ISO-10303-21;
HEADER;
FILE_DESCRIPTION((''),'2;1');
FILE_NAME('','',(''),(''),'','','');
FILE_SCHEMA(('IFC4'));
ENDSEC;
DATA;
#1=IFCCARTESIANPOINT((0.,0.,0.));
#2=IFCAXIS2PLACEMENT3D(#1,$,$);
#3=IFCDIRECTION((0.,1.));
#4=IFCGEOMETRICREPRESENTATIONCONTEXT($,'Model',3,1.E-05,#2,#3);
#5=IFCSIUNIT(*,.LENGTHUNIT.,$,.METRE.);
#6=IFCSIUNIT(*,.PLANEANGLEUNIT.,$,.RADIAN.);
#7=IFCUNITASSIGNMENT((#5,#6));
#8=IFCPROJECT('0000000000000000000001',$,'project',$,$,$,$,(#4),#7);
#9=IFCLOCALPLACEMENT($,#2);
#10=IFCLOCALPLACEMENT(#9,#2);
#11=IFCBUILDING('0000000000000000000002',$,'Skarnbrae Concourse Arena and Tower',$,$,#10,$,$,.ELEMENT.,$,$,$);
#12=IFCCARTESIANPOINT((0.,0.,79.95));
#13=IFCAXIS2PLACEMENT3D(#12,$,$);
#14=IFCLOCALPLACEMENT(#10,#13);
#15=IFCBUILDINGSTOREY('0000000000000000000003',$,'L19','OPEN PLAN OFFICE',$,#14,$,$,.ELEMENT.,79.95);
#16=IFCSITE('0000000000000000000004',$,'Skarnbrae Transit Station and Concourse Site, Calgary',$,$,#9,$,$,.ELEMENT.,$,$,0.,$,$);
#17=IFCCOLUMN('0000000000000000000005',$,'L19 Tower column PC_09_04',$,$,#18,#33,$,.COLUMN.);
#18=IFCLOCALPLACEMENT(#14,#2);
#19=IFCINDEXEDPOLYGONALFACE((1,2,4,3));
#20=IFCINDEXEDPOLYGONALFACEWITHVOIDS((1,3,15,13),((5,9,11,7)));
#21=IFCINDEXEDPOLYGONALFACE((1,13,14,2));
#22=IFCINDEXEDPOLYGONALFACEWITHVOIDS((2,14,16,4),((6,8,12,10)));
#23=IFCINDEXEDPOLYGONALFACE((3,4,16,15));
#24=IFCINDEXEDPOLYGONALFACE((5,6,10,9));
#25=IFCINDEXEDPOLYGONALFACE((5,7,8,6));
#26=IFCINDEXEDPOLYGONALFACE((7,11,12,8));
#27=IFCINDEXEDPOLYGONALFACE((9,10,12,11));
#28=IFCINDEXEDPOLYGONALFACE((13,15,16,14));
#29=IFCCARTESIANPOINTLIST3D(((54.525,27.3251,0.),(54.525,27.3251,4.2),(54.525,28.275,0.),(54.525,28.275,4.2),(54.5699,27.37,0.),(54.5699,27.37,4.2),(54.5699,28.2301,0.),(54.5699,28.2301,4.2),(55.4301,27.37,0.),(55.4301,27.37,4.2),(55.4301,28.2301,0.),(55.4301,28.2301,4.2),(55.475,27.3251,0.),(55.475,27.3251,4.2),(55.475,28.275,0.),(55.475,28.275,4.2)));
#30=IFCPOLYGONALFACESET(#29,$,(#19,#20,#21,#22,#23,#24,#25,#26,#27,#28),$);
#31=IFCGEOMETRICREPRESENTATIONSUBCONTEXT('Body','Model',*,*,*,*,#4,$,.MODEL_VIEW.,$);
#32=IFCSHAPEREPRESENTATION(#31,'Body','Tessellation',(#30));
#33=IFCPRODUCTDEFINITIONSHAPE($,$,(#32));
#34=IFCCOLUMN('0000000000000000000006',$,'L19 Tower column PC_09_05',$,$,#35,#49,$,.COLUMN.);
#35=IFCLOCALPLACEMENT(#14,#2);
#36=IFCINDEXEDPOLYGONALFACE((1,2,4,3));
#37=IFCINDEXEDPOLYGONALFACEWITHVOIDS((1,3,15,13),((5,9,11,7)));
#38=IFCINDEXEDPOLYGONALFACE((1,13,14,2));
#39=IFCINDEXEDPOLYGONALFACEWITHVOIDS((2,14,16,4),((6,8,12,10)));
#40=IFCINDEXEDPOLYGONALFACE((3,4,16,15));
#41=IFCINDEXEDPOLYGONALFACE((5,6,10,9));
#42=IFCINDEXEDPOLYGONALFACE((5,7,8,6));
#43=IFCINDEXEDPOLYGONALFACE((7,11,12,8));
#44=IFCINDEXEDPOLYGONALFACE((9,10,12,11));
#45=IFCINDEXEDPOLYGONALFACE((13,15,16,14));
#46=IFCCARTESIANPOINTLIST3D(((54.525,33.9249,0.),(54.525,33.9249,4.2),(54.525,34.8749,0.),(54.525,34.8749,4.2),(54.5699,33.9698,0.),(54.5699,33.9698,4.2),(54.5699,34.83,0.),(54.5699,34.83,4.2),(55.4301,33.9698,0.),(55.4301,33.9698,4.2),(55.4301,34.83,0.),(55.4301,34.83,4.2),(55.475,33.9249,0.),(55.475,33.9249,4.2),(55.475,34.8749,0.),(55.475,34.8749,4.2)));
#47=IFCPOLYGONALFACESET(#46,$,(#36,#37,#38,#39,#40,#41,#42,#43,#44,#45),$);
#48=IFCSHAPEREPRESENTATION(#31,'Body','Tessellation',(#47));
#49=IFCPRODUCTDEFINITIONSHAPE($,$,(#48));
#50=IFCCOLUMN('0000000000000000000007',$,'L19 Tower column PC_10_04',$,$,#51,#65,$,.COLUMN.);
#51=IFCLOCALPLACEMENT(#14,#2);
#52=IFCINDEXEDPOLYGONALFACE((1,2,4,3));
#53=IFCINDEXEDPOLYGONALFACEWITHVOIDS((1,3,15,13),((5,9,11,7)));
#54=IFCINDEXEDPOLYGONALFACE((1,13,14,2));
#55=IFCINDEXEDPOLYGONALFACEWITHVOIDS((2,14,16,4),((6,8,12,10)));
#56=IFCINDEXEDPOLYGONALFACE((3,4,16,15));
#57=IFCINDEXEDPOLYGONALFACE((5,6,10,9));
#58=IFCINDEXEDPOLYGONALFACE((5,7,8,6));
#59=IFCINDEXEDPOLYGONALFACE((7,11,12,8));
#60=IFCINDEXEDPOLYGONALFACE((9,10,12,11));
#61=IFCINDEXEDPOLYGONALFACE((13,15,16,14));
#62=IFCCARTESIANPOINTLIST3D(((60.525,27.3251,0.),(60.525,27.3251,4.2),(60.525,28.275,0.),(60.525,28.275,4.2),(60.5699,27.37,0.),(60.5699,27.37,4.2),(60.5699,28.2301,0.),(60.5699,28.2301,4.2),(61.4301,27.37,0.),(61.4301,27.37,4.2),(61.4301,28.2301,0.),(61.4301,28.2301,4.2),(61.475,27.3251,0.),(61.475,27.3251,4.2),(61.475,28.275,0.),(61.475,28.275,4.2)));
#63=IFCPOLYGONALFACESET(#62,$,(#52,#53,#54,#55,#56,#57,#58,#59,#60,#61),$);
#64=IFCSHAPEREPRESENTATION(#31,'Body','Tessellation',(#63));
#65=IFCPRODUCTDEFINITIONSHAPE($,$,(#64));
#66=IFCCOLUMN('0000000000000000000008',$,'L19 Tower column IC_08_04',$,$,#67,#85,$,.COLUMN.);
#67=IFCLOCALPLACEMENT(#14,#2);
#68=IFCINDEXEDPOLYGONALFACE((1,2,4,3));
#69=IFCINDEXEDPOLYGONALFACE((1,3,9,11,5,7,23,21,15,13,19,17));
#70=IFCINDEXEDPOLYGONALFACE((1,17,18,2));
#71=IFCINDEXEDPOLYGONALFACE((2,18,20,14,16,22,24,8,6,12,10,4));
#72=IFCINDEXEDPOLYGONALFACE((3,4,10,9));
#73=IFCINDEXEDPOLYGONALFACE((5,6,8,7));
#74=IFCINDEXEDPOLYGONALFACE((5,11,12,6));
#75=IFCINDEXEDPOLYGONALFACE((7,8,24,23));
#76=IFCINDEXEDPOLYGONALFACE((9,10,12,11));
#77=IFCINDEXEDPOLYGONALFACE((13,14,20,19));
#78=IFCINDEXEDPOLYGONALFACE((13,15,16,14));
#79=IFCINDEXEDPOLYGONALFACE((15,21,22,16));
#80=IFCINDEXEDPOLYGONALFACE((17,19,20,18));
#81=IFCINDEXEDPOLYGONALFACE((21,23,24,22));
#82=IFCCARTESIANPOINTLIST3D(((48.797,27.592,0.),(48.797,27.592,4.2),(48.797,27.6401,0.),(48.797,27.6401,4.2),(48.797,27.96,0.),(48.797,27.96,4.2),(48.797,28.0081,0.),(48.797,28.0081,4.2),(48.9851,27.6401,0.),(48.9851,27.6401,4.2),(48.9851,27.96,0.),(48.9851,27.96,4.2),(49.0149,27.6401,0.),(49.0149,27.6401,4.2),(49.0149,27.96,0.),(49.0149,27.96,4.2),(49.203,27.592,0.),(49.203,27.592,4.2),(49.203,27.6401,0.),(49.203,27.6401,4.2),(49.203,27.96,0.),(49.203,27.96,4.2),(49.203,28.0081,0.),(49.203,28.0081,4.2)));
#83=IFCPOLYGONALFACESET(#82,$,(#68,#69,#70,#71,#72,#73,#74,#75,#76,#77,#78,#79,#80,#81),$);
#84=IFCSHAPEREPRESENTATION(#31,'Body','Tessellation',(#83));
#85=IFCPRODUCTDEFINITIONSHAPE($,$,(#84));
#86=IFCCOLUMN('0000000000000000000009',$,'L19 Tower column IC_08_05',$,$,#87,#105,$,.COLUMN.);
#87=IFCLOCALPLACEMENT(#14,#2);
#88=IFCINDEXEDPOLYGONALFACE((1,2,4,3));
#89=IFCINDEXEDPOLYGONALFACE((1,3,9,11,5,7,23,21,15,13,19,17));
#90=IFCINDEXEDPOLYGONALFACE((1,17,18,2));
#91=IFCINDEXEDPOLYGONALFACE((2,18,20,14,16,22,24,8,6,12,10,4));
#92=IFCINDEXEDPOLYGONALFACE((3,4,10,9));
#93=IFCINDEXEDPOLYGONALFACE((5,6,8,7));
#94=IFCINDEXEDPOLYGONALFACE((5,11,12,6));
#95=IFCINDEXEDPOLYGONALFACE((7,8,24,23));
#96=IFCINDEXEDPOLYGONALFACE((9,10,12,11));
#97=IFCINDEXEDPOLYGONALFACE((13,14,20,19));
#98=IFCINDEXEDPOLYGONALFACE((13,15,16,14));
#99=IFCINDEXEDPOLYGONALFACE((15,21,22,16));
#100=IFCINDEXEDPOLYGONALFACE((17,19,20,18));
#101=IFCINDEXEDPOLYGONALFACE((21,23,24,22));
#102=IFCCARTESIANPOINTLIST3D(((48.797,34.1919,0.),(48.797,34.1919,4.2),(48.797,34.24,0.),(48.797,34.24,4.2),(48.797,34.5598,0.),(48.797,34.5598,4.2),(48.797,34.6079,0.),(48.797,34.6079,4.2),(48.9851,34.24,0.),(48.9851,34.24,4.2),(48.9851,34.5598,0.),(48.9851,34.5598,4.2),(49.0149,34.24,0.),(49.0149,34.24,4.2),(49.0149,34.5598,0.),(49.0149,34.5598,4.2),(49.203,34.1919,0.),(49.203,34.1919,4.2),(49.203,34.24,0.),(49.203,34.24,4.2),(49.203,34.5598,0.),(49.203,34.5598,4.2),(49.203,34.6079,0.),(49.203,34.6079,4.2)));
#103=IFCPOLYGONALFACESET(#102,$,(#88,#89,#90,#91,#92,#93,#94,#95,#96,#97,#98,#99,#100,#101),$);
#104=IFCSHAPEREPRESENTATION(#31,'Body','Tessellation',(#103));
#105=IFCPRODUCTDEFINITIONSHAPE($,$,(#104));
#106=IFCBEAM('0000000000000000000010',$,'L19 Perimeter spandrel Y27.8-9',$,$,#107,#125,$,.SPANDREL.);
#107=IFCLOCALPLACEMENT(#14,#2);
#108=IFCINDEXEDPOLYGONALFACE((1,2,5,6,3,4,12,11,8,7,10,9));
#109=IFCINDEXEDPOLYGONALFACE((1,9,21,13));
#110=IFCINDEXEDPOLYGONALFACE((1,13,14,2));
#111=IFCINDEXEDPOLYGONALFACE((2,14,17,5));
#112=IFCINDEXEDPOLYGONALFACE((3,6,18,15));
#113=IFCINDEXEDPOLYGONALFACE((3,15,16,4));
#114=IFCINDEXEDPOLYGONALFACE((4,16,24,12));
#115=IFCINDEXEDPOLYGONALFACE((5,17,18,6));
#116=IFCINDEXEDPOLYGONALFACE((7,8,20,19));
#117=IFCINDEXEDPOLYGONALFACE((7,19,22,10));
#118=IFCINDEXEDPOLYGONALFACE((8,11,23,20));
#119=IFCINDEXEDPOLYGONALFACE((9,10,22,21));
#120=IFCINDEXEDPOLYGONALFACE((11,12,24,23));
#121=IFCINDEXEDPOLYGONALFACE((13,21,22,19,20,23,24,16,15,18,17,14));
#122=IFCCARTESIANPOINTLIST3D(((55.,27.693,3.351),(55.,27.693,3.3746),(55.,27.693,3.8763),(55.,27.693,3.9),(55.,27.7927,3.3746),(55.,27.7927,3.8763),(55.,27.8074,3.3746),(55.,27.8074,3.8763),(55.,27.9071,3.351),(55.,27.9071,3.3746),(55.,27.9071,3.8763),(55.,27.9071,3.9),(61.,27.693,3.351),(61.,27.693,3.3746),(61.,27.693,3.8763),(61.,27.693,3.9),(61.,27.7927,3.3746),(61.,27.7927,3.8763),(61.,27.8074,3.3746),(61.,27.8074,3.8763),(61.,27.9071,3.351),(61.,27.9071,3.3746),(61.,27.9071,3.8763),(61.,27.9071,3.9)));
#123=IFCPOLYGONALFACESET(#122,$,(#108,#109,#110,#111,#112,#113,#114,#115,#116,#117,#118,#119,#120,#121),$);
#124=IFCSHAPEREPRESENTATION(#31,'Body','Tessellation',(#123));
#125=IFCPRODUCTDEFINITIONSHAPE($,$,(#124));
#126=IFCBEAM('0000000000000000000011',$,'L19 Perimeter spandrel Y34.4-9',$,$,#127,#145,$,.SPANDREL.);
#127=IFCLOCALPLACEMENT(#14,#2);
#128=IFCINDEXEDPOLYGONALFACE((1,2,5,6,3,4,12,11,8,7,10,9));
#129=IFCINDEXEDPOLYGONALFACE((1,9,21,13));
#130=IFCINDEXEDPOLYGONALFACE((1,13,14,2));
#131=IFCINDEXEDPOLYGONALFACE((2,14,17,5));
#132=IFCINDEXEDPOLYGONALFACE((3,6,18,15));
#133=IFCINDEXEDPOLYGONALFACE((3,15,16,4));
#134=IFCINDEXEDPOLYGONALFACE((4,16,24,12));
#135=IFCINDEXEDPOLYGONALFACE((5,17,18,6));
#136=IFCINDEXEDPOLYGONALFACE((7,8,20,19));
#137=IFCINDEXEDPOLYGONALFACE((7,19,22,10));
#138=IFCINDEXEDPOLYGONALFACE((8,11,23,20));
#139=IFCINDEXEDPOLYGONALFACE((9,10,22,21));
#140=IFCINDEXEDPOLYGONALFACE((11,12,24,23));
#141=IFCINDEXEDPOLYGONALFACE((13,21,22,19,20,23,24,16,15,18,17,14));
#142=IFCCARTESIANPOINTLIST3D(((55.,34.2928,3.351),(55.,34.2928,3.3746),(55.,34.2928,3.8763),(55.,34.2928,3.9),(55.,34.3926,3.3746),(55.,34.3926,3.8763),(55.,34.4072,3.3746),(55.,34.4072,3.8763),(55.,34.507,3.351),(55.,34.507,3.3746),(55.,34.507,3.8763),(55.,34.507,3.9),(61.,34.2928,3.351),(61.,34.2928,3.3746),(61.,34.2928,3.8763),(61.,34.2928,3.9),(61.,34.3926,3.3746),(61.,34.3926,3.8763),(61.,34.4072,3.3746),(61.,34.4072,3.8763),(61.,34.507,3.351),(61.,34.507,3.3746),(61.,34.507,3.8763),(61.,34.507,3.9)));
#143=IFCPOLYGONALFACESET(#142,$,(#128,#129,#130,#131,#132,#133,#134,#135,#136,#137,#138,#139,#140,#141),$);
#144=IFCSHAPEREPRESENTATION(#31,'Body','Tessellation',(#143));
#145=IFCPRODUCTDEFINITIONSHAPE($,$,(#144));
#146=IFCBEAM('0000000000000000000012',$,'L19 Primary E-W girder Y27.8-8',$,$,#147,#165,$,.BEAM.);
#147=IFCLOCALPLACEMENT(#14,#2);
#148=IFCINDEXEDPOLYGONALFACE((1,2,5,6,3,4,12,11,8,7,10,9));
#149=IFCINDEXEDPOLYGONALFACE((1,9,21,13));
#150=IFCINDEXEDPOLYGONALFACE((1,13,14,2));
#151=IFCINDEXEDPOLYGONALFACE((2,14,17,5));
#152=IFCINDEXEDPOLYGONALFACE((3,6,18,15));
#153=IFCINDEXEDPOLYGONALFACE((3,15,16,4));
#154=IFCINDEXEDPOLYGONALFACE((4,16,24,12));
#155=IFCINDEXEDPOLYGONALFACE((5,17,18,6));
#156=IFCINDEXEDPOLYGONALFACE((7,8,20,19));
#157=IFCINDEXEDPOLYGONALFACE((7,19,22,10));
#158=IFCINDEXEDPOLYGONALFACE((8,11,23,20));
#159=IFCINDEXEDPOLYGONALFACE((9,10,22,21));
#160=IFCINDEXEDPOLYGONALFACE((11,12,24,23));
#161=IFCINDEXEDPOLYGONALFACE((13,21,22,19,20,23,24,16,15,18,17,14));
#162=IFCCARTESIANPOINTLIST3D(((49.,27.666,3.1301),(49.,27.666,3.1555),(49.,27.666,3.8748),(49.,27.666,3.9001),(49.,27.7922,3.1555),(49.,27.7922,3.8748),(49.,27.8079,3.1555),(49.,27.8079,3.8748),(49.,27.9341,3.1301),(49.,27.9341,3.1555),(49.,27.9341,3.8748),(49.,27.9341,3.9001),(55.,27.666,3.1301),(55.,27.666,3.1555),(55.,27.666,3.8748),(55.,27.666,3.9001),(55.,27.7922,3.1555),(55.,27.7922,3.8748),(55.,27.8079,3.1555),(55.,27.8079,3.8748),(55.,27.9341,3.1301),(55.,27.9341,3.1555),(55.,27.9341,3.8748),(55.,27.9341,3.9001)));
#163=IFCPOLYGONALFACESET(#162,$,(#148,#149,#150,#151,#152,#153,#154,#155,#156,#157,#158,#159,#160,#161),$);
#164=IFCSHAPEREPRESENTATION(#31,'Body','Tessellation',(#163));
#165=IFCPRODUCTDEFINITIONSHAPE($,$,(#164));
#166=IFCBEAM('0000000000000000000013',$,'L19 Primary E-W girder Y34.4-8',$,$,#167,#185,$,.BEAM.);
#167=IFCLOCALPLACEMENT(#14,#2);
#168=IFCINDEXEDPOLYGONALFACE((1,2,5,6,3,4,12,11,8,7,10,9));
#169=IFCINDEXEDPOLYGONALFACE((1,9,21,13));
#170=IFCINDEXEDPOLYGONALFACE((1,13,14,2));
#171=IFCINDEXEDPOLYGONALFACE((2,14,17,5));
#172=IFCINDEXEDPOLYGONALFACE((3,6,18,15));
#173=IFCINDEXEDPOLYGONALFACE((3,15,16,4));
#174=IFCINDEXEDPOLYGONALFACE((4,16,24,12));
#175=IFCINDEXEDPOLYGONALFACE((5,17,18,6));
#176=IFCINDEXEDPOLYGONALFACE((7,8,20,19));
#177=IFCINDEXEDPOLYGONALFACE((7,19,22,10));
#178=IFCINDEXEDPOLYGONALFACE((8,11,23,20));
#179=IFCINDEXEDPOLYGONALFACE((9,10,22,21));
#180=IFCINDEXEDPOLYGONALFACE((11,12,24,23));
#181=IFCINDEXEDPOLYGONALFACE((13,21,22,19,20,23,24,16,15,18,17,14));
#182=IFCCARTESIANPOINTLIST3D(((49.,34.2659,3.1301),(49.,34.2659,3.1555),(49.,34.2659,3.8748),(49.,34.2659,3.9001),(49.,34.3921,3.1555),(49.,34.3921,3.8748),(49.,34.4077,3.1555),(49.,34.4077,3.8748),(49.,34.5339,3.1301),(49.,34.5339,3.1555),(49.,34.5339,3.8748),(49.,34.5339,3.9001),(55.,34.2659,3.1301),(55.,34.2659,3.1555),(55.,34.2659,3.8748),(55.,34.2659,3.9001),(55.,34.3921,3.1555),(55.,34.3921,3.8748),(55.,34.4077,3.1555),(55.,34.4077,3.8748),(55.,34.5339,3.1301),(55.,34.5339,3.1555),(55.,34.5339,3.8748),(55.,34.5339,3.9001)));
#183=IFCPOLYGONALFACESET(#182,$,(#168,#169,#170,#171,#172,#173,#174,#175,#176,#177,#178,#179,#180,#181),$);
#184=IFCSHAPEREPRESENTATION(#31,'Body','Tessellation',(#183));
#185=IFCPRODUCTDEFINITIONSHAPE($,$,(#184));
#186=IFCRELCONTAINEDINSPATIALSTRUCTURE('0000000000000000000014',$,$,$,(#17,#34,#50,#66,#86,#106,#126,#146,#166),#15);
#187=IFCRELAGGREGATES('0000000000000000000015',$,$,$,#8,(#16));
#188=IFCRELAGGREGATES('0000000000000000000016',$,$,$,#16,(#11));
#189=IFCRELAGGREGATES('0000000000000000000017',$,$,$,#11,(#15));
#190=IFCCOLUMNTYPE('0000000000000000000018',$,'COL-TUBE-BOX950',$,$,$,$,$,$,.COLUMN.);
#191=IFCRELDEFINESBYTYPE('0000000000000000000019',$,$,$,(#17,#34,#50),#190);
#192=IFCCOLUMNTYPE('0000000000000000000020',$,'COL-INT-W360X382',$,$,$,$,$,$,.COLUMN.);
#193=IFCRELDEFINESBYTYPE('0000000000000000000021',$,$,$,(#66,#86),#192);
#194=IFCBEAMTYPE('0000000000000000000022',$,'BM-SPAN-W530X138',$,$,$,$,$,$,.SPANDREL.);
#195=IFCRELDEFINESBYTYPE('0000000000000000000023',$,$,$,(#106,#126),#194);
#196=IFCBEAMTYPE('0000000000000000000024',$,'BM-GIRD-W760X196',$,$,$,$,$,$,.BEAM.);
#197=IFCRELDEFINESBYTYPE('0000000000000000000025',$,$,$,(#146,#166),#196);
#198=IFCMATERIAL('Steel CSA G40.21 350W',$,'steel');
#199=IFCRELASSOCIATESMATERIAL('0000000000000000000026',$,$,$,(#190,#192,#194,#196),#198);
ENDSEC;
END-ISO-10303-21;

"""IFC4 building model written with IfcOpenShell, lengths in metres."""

from ifc_helpers import new_model, si_unit, direction, frame, origin, origin_2d, place, context, subcontext, project, spatial, hollow_rectangle, i_section, extrude, source, transform, mapped, material, material_profile, profile_set, type_object, element, save


model = new_model("IFC4")

# Units and contexts
model_context = context("Model", 3, precision=1e-05, world=origin(), true_north=direction((0.0, 1.0)))
body_context = subcontext(model_context, "Body", "Model", "MODEL_VIEW")
ifc_project = project(units=[si_unit("LENGTHUNIT", "METRE"), si_unit("PLANEANGLEUNIT", "RADIAN")], contexts=[model_context])

# Site, building, storey
site_placement = place(None, origin())
site = spatial("IfcSite", under=ifc_project, at=site_placement, Name="Skarnbrae Transit Station and Concourse Site, Calgary", CompositionType="ELEMENT", RefElevation=0.0)
building_placement = place(site_placement, origin())
building = spatial("IfcBuilding", under=site, at=building_placement, Name="Skarnbrae Concourse Arena and Tower", CompositionType="ELEMENT")
storey_placement = place(building_placement, frame((0.0, 0.0, 79.95)))
storey = spatial("IfcBuildingStorey", under=building, at=storey_placement, Name="L19", Description="OPEN PLAN OFFICE", CompositionType="ELEMENT", Elevation=79.95)

# Columns
ifc_material_1 = material(Name="Steel CSA G40.21 350W", Category="steel")
ifc_material_profile_1 = material_profile(ifc_material_1, hollow_rectangle(XDim=0.95, YDim=0.95, WallThickness=0.0449, at=origin_2d()), Name="BOX950X950X45")
ifc_profile_set_1 = profile_set([ifc_material_profile_1], Name="Steel CSA G40.21 350W")
column_type_1 = type_object("IfcColumnType", Name="COL-TUBE-BOX950", PredefinedType="COLUMN", material=ifc_profile_set_1)
shared_shape_1 = source(origin(), body_context, "Body", "SweptSolid", [
    extrude(hollow_rectangle(XDim=0.95, YDim=0.95, WallThickness=0.0449, at=origin_2d()), origin(), (0.0, 0.0, 1.0), 4.2),
])
for number, where, z_axis, x_axis, name in (
    (1, (55.0, 27.8, 0.0), (0.0, 0.0, 1.0), (1.0, 0.0, 0.0), "L19 Tower column PC_09_04"),
    (2, (55.0, 34.3999, 0.0), (0.0, 0.0, 1.0), (1.0, 0.0, 0.0), "L19 Tower column PC_09_05"),
    (3, (61.0, 27.8, 0.0), (0.0, 0.0, 1.0), (1.0, 0.0, 0.0), "L19 Tower column PC_10_04"),
):
    element("IfcColumn", number, at=place(storey_placement, frame(where, z_axis=z_axis, x_axis=x_axis)), inside=storey, type_object=column_type_1, Name=name, PredefinedType="COLUMN", context=body_context, shape_type="MappedRepresentation", body=[
        mapped(shared_shape_1, transform((0.0, 0.0, 0.0))),
    ])
ifc_material_profile_2 = material_profile(ifc_material_1, i_section(OverallWidth=0.406, OverallDepth=0.416, WebThickness=0.0298, FlangeThickness=0.0481, at=origin_2d()), Name="W360X382")
ifc_profile_set_2 = profile_set([ifc_material_profile_2], Name="Steel CSA G40.21 350W")
column_type_2 = type_object("IfcColumnType", Name="COL-INT-W360X382", PredefinedType="COLUMN", material=ifc_profile_set_2)
shared_shape_2 = source(origin(), body_context, "Body", "SweptSolid", [
    extrude(i_section(OverallWidth=0.406, OverallDepth=0.416, WebThickness=0.0298, FlangeThickness=0.0481, at=origin_2d()), origin(), (0.0, 0.0, 1.0), 4.2),
])
for number, where, z_axis, x_axis, name in (
    (4, (49.0, 27.8, 0.0), (0.0, 0.0, 1.0), (1.0, 0.0, 0.0), "L19 Tower column IC_08_04"),
    (5, (49.0, 34.3999, 0.0), (0.0, 0.0, 1.0), (1.0, 0.0, 0.0), "L19 Tower column IC_08_05"),
):
    element("IfcColumn", number, at=place(storey_placement, frame(where, z_axis=z_axis, x_axis=x_axis)), inside=storey, type_object=column_type_2, Name=name, PredefinedType="COLUMN", context=body_context, shape_type="MappedRepresentation", body=[
        mapped(shared_shape_2, transform((0.0, 0.0, 0.0))),
    ])

# Beams
ifc_material_profile_3 = material_profile(ifc_material_1, i_section(OverallWidth=0.2141, OverallDepth=0.5491, WebThickness=0.0146, FlangeThickness=0.0237, at=origin_2d()), Name="W530X138")
ifc_profile_set_3 = profile_set([ifc_material_profile_3], Name="Steel CSA G40.21 350W")
beam_type_1 = type_object("IfcBeamType", Name="BM-SPAN-W530X138", PredefinedType="SPANDREL", material=ifc_profile_set_3)
shared_shape_3 = source(origin(), body_context, "Body", "SweptSolid", [
    extrude(i_section(OverallWidth=0.2141, OverallDepth=0.5491, WebThickness=0.0146, FlangeThickness=0.0237, at=origin_2d()), origin(), (0.0, 0.0, 1.0), 6.0),
])
for number, where, z_axis, x_axis, name in (
    (6, (55.0, 27.8, 3.6255), (1.0, 0.0, 0.0), (0.0, 1.0, 0.0), "L19 Perimeter spandrel Y27.8-9"),
    (7, (55.0, 34.3999, 3.6255), (1.0, 0.0, 0.0), (0.0, 1.0, 0.0), "L19 Perimeter spandrel Y34.4-9"),
):
    element("IfcBeam", number, at=place(storey_placement, frame(where, z_axis=z_axis, x_axis=x_axis)), inside=storey, type_object=beam_type_1, Name=name, PredefinedType="SPANDREL", context=body_context, shape_type="MappedRepresentation", body=[
        mapped(shared_shape_3, transform((0.0, 0.0, 0.0))),
    ])
ifc_material_profile_4 = material_profile(ifc_material_1, i_section(OverallWidth=0.2681, OverallDepth=0.77, WebThickness=0.0156, FlangeThickness=0.0254, at=origin_2d()), Name="W760X196")
ifc_profile_set_4 = profile_set([ifc_material_profile_4], Name="Steel CSA G40.21 350W")
beam_type_2 = type_object("IfcBeamType", Name="BM-GIRD-W760X196", PredefinedType="BEAM", material=ifc_profile_set_4)
shared_shape_4 = source(origin(), body_context, "Body", "SweptSolid", [
    extrude(i_section(OverallWidth=0.2681, OverallDepth=0.77, WebThickness=0.0156, FlangeThickness=0.0254, at=origin_2d()), origin(), (0.0, 0.0, 1.0), 6.0),
])
for number, where, z_axis, x_axis, name in (
    (8, (49.0, 27.8, 3.5151), (1.0, 0.0, 0.0), (0.0, 1.0, 0.0), "L19 Primary E-W girder Y27.8-8"),
    (9, (49.0, 34.3999, 3.5151), (1.0, 0.0, 0.0), (0.0, 1.0, 0.0), "L19 Primary E-W girder Y34.4-8"),
):
    element("IfcBeam", number, at=place(storey_placement, frame(where, z_axis=z_axis, x_axis=x_axis)), inside=storey, type_object=beam_type_2, Name=name, PredefinedType="BEAM", context=body_context, shape_type="MappedRepresentation", body=[
        mapped(shared_shape_4, transform((0.0, 0.0, 0.0))),
    ])

save(model, "model.ifc")
